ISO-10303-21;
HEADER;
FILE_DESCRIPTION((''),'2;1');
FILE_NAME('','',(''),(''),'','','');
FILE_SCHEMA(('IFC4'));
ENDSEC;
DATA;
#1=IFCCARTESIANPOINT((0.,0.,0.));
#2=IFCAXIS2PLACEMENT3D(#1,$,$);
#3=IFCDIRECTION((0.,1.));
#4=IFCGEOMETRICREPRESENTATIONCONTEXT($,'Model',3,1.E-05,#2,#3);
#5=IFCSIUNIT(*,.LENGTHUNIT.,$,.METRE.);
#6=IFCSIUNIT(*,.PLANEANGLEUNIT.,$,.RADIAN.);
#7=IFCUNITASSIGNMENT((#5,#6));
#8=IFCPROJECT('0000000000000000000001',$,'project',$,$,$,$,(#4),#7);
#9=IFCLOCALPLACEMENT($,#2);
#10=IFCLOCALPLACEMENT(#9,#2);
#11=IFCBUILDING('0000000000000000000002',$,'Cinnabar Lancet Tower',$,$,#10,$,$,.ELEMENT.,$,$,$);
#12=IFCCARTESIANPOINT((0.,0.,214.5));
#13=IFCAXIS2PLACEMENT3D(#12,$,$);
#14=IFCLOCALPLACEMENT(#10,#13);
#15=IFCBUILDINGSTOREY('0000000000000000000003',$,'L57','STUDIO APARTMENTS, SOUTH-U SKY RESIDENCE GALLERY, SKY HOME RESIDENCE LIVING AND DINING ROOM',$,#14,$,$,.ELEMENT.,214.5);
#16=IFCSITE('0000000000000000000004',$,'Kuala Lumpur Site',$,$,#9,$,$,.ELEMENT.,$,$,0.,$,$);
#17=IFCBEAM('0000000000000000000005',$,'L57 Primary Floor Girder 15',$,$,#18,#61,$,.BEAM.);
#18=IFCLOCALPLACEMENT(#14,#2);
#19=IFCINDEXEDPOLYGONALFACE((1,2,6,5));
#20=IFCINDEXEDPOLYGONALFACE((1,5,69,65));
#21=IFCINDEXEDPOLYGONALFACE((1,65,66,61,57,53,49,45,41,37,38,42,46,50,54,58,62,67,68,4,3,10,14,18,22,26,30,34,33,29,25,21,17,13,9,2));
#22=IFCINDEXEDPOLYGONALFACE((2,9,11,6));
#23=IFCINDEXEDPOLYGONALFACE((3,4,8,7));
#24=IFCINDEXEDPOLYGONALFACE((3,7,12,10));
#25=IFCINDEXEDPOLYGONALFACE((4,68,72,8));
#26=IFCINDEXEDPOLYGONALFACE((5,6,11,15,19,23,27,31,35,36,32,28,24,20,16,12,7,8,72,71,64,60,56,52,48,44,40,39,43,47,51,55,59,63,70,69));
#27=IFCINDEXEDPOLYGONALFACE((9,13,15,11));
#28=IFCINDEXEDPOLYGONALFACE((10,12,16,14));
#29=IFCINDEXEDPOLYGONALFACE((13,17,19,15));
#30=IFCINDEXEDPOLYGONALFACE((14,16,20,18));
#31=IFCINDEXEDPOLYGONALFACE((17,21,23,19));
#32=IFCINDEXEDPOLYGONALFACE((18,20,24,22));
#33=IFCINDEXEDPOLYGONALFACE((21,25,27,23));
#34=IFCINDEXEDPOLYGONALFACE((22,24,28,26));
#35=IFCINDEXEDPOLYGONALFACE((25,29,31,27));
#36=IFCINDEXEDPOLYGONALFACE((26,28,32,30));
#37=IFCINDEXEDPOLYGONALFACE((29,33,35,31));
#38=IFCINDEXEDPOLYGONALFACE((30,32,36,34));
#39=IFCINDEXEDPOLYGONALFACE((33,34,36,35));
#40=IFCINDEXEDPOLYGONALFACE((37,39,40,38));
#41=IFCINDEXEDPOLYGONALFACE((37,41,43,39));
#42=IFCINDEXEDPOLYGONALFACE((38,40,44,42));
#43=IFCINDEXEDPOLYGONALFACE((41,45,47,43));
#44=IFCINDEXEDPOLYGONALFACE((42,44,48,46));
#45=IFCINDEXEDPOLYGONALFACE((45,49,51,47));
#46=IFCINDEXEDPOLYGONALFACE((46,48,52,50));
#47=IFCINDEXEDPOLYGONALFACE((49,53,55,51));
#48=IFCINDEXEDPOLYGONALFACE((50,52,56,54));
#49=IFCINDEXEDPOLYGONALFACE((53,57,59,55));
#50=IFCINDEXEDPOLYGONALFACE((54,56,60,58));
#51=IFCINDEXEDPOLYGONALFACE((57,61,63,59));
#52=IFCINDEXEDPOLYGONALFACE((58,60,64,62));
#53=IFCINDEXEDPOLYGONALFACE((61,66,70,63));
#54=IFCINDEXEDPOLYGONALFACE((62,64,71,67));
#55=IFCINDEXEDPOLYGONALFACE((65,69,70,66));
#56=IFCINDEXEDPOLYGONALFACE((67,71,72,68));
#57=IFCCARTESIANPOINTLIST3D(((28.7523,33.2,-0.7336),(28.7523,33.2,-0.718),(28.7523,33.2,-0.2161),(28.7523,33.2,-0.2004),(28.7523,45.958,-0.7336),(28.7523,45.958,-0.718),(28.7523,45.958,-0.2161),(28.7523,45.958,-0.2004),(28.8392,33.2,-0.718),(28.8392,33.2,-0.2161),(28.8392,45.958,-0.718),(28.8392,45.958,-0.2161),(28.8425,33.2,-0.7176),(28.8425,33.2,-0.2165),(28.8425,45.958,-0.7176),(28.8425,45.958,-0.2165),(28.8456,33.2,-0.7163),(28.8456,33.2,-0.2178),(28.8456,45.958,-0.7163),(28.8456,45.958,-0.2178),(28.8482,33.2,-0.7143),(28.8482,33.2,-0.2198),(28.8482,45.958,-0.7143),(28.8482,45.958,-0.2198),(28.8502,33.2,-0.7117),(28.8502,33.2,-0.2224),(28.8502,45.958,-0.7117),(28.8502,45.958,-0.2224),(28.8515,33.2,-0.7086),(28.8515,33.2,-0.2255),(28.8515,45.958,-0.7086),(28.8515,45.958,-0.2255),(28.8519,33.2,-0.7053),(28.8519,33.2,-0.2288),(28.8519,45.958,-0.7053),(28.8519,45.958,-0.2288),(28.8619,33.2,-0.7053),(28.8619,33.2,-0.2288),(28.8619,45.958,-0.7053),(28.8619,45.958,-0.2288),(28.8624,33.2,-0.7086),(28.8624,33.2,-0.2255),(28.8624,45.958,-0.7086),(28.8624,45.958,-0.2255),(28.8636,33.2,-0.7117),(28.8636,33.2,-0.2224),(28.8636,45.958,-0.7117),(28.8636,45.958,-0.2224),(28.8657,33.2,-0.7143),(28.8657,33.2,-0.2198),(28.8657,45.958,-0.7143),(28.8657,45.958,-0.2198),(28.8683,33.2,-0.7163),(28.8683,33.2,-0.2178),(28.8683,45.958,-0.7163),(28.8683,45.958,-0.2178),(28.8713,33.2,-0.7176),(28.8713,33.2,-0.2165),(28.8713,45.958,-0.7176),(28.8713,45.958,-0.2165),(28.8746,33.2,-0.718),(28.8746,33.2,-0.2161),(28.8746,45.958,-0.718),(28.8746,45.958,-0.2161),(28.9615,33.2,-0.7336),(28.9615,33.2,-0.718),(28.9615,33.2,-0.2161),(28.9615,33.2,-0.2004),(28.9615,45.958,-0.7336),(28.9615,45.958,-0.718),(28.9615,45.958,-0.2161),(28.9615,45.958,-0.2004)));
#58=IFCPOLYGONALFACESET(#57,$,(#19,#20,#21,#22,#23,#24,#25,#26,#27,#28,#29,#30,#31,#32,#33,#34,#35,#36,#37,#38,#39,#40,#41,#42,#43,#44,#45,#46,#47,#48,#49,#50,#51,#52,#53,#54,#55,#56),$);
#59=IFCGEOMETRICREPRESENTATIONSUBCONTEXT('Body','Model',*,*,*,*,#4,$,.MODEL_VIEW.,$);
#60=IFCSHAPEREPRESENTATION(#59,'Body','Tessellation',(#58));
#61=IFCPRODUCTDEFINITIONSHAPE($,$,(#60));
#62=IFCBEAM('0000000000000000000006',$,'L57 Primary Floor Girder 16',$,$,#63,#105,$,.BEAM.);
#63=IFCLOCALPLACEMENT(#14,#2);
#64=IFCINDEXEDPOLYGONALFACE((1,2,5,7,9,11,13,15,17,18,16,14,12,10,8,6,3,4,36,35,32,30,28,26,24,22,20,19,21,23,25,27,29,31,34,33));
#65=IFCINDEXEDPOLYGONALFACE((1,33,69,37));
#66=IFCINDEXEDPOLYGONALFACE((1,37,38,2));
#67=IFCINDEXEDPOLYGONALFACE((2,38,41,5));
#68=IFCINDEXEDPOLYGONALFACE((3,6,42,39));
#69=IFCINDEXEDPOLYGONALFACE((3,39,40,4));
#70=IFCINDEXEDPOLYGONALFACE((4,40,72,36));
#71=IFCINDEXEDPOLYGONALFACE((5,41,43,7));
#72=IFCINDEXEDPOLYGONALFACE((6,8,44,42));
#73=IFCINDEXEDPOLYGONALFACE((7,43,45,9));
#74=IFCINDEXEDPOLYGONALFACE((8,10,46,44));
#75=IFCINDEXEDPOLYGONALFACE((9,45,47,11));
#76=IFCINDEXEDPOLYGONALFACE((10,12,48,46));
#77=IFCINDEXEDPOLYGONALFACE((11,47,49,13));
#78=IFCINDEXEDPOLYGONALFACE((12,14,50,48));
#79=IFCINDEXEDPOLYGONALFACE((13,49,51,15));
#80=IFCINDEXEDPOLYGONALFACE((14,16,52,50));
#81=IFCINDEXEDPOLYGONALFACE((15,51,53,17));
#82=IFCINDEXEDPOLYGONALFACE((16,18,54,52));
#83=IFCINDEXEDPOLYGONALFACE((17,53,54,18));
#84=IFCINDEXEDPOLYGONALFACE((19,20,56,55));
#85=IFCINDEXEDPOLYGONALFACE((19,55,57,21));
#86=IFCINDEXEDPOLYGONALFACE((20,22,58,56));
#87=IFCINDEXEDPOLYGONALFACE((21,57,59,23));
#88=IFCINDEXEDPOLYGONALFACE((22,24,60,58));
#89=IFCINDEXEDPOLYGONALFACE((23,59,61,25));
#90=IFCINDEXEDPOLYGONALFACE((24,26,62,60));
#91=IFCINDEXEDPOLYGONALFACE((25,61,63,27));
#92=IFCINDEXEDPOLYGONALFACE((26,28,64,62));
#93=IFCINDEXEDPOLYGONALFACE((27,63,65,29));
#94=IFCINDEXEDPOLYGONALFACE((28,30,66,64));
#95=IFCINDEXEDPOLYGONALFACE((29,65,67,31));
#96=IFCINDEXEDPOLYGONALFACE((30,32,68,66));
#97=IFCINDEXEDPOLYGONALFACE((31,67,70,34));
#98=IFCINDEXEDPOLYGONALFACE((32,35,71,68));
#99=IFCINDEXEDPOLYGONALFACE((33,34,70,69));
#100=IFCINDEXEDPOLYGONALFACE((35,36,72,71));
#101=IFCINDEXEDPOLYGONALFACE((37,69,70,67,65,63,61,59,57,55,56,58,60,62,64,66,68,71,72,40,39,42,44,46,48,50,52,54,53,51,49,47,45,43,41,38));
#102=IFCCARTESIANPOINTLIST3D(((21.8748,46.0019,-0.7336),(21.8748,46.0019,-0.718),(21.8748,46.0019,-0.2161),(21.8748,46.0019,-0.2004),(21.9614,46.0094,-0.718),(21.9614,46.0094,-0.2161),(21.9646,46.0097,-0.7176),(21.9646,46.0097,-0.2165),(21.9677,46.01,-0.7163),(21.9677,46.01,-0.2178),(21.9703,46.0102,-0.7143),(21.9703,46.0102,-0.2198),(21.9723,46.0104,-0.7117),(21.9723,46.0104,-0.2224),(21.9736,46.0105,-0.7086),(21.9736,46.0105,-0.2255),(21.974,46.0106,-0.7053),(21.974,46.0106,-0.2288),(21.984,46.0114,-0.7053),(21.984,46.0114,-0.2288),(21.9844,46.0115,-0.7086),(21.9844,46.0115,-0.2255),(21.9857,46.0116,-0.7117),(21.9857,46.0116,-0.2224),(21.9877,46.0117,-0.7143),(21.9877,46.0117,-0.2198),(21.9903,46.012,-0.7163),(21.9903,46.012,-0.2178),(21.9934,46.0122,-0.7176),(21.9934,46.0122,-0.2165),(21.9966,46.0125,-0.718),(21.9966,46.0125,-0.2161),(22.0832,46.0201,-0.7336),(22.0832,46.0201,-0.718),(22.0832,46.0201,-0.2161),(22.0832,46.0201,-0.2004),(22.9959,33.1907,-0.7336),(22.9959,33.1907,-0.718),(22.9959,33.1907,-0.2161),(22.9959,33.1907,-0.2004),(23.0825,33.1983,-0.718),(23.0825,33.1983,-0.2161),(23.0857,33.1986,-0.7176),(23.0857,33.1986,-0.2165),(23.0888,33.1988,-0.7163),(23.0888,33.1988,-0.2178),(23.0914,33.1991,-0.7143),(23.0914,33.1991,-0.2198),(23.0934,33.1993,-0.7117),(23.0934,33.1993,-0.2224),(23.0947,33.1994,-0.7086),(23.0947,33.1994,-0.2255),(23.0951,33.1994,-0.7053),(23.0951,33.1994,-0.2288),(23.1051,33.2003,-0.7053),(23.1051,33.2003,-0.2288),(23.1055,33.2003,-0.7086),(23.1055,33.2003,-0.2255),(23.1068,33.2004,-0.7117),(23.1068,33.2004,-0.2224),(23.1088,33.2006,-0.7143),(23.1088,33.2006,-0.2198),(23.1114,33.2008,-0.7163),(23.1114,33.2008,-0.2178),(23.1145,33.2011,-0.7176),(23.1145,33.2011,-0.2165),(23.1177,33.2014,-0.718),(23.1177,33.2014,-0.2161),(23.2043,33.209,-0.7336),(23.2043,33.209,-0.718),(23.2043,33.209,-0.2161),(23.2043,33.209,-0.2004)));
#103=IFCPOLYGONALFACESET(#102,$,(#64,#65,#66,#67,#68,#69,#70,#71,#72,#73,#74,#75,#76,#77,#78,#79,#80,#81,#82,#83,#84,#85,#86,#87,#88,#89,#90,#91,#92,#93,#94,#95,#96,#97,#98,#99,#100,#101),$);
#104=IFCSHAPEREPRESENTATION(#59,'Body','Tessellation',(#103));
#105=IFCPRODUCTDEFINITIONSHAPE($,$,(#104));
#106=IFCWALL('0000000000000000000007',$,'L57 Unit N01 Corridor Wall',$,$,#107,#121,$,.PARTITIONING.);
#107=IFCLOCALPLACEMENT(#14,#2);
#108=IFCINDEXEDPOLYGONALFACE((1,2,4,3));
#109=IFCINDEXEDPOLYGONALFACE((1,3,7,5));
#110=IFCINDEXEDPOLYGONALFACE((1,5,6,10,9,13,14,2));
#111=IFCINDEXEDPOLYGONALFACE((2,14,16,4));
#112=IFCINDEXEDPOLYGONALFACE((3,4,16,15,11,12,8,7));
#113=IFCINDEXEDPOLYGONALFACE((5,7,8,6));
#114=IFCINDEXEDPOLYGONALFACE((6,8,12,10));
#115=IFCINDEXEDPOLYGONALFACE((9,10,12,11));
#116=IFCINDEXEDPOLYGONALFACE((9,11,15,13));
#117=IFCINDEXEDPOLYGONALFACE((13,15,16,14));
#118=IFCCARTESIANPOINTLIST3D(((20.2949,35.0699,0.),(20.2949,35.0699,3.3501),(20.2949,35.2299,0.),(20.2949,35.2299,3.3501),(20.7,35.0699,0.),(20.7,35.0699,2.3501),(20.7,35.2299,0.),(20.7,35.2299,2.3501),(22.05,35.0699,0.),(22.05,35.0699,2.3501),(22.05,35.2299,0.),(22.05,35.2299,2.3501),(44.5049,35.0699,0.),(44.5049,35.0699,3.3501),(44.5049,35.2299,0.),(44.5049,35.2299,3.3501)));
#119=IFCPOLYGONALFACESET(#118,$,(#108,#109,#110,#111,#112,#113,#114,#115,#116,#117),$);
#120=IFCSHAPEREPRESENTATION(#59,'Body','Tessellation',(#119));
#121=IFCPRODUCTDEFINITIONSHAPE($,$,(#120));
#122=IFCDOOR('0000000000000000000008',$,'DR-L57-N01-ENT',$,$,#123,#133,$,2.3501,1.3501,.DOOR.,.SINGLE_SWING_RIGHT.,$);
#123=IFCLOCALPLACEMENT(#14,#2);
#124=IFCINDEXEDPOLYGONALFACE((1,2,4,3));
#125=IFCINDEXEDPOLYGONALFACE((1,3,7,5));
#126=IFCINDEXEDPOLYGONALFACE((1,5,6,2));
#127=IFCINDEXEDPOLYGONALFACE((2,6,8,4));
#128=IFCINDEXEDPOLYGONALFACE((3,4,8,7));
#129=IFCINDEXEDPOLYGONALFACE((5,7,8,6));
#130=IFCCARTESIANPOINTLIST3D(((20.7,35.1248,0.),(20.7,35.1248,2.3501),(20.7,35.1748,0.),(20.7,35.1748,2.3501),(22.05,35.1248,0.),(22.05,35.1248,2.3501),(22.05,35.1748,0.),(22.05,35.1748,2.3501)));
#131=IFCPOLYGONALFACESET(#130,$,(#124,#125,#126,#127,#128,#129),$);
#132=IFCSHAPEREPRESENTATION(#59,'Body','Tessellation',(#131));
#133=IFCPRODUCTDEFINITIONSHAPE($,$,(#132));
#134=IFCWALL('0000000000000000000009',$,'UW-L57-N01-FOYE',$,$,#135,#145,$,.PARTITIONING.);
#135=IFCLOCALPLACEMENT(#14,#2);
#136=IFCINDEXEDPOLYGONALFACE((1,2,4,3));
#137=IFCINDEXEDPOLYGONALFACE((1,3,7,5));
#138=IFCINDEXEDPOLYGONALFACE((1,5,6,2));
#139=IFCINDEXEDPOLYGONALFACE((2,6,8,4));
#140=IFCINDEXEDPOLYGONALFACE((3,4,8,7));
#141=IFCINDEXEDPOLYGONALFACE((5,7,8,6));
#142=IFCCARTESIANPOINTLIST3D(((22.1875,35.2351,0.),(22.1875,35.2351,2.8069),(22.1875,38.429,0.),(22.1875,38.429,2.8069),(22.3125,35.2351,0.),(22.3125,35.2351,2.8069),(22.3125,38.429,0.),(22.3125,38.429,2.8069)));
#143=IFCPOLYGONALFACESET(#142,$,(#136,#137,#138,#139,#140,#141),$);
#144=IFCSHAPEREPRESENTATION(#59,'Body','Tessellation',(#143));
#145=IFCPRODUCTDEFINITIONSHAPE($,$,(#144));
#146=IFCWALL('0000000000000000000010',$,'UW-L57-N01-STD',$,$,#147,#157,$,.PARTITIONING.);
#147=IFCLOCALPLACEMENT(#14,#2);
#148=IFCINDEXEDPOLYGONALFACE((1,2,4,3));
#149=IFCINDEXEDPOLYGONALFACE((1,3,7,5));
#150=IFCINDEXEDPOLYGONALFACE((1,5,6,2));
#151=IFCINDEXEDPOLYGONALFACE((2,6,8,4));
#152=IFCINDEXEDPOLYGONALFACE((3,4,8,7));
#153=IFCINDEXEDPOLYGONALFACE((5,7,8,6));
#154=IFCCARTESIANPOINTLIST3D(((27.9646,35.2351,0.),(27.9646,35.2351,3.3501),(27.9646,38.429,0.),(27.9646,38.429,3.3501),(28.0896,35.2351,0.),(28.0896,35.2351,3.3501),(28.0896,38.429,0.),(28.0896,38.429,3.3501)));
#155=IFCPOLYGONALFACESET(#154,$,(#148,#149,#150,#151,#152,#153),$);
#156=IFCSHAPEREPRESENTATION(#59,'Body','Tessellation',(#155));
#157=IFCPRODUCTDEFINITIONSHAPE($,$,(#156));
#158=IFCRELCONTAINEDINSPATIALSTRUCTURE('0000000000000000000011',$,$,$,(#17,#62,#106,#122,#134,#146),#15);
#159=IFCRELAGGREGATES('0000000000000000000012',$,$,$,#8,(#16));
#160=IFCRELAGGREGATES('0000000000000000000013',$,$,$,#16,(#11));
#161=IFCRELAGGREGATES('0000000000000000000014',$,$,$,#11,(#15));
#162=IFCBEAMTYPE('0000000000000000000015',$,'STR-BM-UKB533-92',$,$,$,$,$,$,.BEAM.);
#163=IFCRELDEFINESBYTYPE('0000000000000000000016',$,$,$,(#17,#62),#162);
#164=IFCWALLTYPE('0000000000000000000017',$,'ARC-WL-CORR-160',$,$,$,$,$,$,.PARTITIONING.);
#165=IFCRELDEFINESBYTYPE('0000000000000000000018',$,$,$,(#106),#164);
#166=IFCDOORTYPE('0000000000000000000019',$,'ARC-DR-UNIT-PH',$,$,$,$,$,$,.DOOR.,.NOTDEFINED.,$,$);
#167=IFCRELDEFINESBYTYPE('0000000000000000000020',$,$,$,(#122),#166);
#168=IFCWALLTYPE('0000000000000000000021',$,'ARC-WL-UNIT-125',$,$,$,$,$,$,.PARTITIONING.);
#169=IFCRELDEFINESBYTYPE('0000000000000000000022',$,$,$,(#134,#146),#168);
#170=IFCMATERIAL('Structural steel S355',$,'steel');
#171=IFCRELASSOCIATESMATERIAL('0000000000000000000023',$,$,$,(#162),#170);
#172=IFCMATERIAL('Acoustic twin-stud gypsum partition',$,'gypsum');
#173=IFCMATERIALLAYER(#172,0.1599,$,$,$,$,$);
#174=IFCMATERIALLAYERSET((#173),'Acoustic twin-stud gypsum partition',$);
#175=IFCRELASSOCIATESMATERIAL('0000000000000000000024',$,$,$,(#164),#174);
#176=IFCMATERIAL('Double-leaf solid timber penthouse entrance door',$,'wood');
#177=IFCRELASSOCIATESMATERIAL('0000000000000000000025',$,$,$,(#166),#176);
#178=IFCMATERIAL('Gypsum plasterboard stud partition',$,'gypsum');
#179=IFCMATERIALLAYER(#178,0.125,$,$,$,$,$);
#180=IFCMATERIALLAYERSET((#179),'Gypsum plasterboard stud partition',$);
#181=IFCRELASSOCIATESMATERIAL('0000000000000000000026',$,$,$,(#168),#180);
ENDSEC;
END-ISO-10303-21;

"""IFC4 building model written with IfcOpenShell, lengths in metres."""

from ifc_helpers import new_model, si_unit, direction, frame, frame_2d, origin, origin_2d, place, context, subcontext, project, spatial, rectangle, i_section, extrude, material, layer, layer_set, material_profile, profile_set, type_object, element, fill, save


model = new_model("IFC4")

# Units and contexts
model_context = context("Model", 3, precision=1e-05, world=origin(), true_north=direction((0.0, 1.0)))
body_context = subcontext(model_context, "Body", "Model", "MODEL_VIEW")
ifc_project = project(units=[si_unit("LENGTHUNIT", "METRE"), si_unit("PLANEANGLEUNIT", "RADIAN")], contexts=[model_context])

# Site, building, storey
site_placement = place(None, origin())
site = spatial("IfcSite", under=ifc_project, at=site_placement, Name="Kuala Lumpur Site", CompositionType="ELEMENT", RefElevation=0.0)
building_placement = place(site_placement, origin())
building = spatial("IfcBuilding", under=site, at=building_placement, Name="Cinnabar Lancet Tower", CompositionType="ELEMENT")
storey_placement = place(building_placement, frame((0.0, 0.0, 214.5)))
storey = spatial("IfcBuildingStorey", under=building, at=storey_placement, Name="L57", Description="STUDIO APARTMENTS, SOUTH-U SKY RESIDENCE GALLERY, SKY HOME RESIDENCE LIVING AND DINING ROOM", CompositionType="ELEMENT", Elevation=214.5)

# Beams
ifc_material_1 = material(Name="Structural steel S355", Category="steel")
ifc_material_profile_1 = material_profile(ifc_material_1, i_section(OverallWidth=0.2092, OverallDepth=0.5332, WebThickness=0.01, FlangeThickness=0.0156, FilletRadius=0.0127, at=origin_2d()), Name="UKB 533x210x92")
ifc_profile_set_1 = profile_set([ifc_material_profile_1], Name="Structural steel S355")
beam_type_1 = type_object("IfcBeamType", Name="STR-BM-UKB533-92", PredefinedType="BEAM", material=ifc_profile_set_1)
beam_1_placement = place(storey_placement, frame((28.8569, 45.958, -0.467), z_axis=(0.0, -1.0, 0.0), x_axis=(1.0, 0.0, 0.0)))
element("IfcBeam", 1, at=beam_1_placement, inside=storey, type_object=beam_type_1, Name="L57 Primary Floor Girder 15", PredefinedType="BEAM", context=body_context, shape_type="SweptSolid", body=[
    extrude(i_section(OverallWidth=0.2092, OverallDepth=0.5332, WebThickness=0.01, FlangeThickness=0.0156, FilletRadius=0.0127, at=origin_2d()), origin(), (0.0, 0.0, 1.0), 12.7581),
])
beam_2_placement = place(storey_placement, frame((21.979, 46.011, -0.467), z_axis=(0.087177, -0.996193, 0.0), x_axis=(0.996193, 0.087177, 0.0)))
element("IfcBeam", 2, at=beam_2_placement, inside=storey, type_object=beam_type_1, Name="L57 Primary Floor Girder 16", PredefinedType="BEAM", context=body_context, shape_type="SweptSolid", body=[
    extrude(i_section(OverallWidth=0.2092, OverallDepth=0.5332, WebThickness=0.01, FlangeThickness=0.0156, FilletRadius=0.0127, at=origin_2d()), origin(), (0.0, 0.0, 1.0), 12.8601),
])

# Wall, opening, door
ifc_material_2 = material(Name="Acoustic twin-stud gypsum partition", Category="gypsum")
ifc_layer_1 = layer(ifc_material_2, 0.1599)
ifc_layer_set_1 = layer_set([ifc_layer_1], Name="Acoustic twin-stud gypsum partition")
wall_type_1 = type_object("IfcWallType", Name="ARC-WL-CORR-160", PredefinedType="PARTITIONING", material=ifc_layer_set_1)
wall_1_placement = place(storey_placement, frame((20.2949, 35.1499, 0.0), z_axis=(0.0, 0.0, 1.0), x_axis=(1.0, 0.0, 0.0)))
wall_1 = element("IfcWall", 3, at=wall_1_placement, inside=storey, type_object=wall_type_1, Name="L57 Unit N01 Corridor Wall", PredefinedType="PARTITIONING", context=body_context, shape_type="SweptSolid", body=[
    extrude(rectangle(XDim=24.21, YDim=0.1599, at=frame_2d((12.105, 0.0))), origin(), (0.0, 0.0, 1.0), 3.3501),
])
opening_1_placement = place(wall_1_placement, frame((0.405, 0.0, 0.0)))
opening_1 = element("IfcOpeningElement", 4, at=opening_1_placement, cuts=wall_1, PredefinedType="OPENING", context=body_context, shape_type="SweptSolid", body=[
    extrude(rectangle(XDim=1.3501, YDim=2.3501, at=frame_2d((0.675, 1.175))), frame((0.0, 0.0898, 0.0), z_axis=(0.0, -1.0, 0.0), x_axis=(1.0, 0.0, 0.0)), (0.0, 0.0, 1.0), 0.1799),
])
ifc_material_3 = material(Name="Double-leaf solid timber penthouse entrance door", Category="wood")
door_type_1 = type_object("IfcDoorType", Name="ARC-DR-UNIT-PH", OperationType="NOTDEFINED", PredefinedType="DOOR", material=ifc_material_3)
door_1_placement = place(opening_1_placement, origin())
door_1 = element("IfcDoor", 5, at=door_1_placement, inside=storey, type_object=door_type_1, Name="DR-L57-N01-ENT", OperationType="SINGLE_SWING_RIGHT", OverallHeight=2.3501, OverallWidth=1.3501, PredefinedType="DOOR", context=body_context, shape_type="SweptSolid", body=[
    extrude(rectangle(XDim=1.3501, YDim=2.3501, at=frame_2d((0.675, 1.175))), frame((0.0, 0.0249, 0.0), z_axis=(0.0, -1.0, 0.0), x_axis=(1.0, 0.0, 0.0)), (0.0, 0.0, 1.0), 0.05),
])
fill(opening_1, door_1)

# Walls
ifc_material_4 = material(Name="Gypsum plasterboard stud partition", Category="gypsum")
ifc_layer_2 = layer(ifc_material_4, 0.125)
ifc_layer_set_2 = layer_set([ifc_layer_2], Name="Gypsum plasterboard stud partition")
wall_type_2 = type_object("IfcWallType", Name="ARC-WL-UNIT-125", PredefinedType="PARTITIONING", material=ifc_layer_set_2)
wall_2_placement = place(storey_placement, frame((22.25, 35.2351, 0.0), z_axis=(0.0, 0.0, 1.0), x_axis=(0.0, 1.0, 0.0)))
element("IfcWall", 6, at=wall_2_placement, inside=storey, type_object=wall_type_2, Name="UW-L57-N01-FOYE", PredefinedType="PARTITIONING", context=body_context, shape_type="SweptSolid", body=[
    extrude(rectangle(XDim=3.1938, YDim=0.125, at=frame_2d((1.5969, 0.0))), origin(), (0.0, 0.0, 1.0), 2.8069),
])
wall_3_placement = place(storey_placement, frame((28.0271, 35.2351, 0.0), z_axis=(0.0, 0.0, 1.0), x_axis=(0.0, 1.0, 0.0)))
element("IfcWall", 7, at=wall_3_placement, inside=storey, type_object=wall_type_2, Name="UW-L57-N01-STD", PredefinedType="PARTITIONING", context=body_context, shape_type="SweptSolid", body=[
    extrude(rectangle(XDim=3.1938, YDim=0.125, at=frame_2d((1.5969, 0.0))), origin(), (0.0, 0.0, 1.0), 3.3501),
])

save(model, "model.ifc")
